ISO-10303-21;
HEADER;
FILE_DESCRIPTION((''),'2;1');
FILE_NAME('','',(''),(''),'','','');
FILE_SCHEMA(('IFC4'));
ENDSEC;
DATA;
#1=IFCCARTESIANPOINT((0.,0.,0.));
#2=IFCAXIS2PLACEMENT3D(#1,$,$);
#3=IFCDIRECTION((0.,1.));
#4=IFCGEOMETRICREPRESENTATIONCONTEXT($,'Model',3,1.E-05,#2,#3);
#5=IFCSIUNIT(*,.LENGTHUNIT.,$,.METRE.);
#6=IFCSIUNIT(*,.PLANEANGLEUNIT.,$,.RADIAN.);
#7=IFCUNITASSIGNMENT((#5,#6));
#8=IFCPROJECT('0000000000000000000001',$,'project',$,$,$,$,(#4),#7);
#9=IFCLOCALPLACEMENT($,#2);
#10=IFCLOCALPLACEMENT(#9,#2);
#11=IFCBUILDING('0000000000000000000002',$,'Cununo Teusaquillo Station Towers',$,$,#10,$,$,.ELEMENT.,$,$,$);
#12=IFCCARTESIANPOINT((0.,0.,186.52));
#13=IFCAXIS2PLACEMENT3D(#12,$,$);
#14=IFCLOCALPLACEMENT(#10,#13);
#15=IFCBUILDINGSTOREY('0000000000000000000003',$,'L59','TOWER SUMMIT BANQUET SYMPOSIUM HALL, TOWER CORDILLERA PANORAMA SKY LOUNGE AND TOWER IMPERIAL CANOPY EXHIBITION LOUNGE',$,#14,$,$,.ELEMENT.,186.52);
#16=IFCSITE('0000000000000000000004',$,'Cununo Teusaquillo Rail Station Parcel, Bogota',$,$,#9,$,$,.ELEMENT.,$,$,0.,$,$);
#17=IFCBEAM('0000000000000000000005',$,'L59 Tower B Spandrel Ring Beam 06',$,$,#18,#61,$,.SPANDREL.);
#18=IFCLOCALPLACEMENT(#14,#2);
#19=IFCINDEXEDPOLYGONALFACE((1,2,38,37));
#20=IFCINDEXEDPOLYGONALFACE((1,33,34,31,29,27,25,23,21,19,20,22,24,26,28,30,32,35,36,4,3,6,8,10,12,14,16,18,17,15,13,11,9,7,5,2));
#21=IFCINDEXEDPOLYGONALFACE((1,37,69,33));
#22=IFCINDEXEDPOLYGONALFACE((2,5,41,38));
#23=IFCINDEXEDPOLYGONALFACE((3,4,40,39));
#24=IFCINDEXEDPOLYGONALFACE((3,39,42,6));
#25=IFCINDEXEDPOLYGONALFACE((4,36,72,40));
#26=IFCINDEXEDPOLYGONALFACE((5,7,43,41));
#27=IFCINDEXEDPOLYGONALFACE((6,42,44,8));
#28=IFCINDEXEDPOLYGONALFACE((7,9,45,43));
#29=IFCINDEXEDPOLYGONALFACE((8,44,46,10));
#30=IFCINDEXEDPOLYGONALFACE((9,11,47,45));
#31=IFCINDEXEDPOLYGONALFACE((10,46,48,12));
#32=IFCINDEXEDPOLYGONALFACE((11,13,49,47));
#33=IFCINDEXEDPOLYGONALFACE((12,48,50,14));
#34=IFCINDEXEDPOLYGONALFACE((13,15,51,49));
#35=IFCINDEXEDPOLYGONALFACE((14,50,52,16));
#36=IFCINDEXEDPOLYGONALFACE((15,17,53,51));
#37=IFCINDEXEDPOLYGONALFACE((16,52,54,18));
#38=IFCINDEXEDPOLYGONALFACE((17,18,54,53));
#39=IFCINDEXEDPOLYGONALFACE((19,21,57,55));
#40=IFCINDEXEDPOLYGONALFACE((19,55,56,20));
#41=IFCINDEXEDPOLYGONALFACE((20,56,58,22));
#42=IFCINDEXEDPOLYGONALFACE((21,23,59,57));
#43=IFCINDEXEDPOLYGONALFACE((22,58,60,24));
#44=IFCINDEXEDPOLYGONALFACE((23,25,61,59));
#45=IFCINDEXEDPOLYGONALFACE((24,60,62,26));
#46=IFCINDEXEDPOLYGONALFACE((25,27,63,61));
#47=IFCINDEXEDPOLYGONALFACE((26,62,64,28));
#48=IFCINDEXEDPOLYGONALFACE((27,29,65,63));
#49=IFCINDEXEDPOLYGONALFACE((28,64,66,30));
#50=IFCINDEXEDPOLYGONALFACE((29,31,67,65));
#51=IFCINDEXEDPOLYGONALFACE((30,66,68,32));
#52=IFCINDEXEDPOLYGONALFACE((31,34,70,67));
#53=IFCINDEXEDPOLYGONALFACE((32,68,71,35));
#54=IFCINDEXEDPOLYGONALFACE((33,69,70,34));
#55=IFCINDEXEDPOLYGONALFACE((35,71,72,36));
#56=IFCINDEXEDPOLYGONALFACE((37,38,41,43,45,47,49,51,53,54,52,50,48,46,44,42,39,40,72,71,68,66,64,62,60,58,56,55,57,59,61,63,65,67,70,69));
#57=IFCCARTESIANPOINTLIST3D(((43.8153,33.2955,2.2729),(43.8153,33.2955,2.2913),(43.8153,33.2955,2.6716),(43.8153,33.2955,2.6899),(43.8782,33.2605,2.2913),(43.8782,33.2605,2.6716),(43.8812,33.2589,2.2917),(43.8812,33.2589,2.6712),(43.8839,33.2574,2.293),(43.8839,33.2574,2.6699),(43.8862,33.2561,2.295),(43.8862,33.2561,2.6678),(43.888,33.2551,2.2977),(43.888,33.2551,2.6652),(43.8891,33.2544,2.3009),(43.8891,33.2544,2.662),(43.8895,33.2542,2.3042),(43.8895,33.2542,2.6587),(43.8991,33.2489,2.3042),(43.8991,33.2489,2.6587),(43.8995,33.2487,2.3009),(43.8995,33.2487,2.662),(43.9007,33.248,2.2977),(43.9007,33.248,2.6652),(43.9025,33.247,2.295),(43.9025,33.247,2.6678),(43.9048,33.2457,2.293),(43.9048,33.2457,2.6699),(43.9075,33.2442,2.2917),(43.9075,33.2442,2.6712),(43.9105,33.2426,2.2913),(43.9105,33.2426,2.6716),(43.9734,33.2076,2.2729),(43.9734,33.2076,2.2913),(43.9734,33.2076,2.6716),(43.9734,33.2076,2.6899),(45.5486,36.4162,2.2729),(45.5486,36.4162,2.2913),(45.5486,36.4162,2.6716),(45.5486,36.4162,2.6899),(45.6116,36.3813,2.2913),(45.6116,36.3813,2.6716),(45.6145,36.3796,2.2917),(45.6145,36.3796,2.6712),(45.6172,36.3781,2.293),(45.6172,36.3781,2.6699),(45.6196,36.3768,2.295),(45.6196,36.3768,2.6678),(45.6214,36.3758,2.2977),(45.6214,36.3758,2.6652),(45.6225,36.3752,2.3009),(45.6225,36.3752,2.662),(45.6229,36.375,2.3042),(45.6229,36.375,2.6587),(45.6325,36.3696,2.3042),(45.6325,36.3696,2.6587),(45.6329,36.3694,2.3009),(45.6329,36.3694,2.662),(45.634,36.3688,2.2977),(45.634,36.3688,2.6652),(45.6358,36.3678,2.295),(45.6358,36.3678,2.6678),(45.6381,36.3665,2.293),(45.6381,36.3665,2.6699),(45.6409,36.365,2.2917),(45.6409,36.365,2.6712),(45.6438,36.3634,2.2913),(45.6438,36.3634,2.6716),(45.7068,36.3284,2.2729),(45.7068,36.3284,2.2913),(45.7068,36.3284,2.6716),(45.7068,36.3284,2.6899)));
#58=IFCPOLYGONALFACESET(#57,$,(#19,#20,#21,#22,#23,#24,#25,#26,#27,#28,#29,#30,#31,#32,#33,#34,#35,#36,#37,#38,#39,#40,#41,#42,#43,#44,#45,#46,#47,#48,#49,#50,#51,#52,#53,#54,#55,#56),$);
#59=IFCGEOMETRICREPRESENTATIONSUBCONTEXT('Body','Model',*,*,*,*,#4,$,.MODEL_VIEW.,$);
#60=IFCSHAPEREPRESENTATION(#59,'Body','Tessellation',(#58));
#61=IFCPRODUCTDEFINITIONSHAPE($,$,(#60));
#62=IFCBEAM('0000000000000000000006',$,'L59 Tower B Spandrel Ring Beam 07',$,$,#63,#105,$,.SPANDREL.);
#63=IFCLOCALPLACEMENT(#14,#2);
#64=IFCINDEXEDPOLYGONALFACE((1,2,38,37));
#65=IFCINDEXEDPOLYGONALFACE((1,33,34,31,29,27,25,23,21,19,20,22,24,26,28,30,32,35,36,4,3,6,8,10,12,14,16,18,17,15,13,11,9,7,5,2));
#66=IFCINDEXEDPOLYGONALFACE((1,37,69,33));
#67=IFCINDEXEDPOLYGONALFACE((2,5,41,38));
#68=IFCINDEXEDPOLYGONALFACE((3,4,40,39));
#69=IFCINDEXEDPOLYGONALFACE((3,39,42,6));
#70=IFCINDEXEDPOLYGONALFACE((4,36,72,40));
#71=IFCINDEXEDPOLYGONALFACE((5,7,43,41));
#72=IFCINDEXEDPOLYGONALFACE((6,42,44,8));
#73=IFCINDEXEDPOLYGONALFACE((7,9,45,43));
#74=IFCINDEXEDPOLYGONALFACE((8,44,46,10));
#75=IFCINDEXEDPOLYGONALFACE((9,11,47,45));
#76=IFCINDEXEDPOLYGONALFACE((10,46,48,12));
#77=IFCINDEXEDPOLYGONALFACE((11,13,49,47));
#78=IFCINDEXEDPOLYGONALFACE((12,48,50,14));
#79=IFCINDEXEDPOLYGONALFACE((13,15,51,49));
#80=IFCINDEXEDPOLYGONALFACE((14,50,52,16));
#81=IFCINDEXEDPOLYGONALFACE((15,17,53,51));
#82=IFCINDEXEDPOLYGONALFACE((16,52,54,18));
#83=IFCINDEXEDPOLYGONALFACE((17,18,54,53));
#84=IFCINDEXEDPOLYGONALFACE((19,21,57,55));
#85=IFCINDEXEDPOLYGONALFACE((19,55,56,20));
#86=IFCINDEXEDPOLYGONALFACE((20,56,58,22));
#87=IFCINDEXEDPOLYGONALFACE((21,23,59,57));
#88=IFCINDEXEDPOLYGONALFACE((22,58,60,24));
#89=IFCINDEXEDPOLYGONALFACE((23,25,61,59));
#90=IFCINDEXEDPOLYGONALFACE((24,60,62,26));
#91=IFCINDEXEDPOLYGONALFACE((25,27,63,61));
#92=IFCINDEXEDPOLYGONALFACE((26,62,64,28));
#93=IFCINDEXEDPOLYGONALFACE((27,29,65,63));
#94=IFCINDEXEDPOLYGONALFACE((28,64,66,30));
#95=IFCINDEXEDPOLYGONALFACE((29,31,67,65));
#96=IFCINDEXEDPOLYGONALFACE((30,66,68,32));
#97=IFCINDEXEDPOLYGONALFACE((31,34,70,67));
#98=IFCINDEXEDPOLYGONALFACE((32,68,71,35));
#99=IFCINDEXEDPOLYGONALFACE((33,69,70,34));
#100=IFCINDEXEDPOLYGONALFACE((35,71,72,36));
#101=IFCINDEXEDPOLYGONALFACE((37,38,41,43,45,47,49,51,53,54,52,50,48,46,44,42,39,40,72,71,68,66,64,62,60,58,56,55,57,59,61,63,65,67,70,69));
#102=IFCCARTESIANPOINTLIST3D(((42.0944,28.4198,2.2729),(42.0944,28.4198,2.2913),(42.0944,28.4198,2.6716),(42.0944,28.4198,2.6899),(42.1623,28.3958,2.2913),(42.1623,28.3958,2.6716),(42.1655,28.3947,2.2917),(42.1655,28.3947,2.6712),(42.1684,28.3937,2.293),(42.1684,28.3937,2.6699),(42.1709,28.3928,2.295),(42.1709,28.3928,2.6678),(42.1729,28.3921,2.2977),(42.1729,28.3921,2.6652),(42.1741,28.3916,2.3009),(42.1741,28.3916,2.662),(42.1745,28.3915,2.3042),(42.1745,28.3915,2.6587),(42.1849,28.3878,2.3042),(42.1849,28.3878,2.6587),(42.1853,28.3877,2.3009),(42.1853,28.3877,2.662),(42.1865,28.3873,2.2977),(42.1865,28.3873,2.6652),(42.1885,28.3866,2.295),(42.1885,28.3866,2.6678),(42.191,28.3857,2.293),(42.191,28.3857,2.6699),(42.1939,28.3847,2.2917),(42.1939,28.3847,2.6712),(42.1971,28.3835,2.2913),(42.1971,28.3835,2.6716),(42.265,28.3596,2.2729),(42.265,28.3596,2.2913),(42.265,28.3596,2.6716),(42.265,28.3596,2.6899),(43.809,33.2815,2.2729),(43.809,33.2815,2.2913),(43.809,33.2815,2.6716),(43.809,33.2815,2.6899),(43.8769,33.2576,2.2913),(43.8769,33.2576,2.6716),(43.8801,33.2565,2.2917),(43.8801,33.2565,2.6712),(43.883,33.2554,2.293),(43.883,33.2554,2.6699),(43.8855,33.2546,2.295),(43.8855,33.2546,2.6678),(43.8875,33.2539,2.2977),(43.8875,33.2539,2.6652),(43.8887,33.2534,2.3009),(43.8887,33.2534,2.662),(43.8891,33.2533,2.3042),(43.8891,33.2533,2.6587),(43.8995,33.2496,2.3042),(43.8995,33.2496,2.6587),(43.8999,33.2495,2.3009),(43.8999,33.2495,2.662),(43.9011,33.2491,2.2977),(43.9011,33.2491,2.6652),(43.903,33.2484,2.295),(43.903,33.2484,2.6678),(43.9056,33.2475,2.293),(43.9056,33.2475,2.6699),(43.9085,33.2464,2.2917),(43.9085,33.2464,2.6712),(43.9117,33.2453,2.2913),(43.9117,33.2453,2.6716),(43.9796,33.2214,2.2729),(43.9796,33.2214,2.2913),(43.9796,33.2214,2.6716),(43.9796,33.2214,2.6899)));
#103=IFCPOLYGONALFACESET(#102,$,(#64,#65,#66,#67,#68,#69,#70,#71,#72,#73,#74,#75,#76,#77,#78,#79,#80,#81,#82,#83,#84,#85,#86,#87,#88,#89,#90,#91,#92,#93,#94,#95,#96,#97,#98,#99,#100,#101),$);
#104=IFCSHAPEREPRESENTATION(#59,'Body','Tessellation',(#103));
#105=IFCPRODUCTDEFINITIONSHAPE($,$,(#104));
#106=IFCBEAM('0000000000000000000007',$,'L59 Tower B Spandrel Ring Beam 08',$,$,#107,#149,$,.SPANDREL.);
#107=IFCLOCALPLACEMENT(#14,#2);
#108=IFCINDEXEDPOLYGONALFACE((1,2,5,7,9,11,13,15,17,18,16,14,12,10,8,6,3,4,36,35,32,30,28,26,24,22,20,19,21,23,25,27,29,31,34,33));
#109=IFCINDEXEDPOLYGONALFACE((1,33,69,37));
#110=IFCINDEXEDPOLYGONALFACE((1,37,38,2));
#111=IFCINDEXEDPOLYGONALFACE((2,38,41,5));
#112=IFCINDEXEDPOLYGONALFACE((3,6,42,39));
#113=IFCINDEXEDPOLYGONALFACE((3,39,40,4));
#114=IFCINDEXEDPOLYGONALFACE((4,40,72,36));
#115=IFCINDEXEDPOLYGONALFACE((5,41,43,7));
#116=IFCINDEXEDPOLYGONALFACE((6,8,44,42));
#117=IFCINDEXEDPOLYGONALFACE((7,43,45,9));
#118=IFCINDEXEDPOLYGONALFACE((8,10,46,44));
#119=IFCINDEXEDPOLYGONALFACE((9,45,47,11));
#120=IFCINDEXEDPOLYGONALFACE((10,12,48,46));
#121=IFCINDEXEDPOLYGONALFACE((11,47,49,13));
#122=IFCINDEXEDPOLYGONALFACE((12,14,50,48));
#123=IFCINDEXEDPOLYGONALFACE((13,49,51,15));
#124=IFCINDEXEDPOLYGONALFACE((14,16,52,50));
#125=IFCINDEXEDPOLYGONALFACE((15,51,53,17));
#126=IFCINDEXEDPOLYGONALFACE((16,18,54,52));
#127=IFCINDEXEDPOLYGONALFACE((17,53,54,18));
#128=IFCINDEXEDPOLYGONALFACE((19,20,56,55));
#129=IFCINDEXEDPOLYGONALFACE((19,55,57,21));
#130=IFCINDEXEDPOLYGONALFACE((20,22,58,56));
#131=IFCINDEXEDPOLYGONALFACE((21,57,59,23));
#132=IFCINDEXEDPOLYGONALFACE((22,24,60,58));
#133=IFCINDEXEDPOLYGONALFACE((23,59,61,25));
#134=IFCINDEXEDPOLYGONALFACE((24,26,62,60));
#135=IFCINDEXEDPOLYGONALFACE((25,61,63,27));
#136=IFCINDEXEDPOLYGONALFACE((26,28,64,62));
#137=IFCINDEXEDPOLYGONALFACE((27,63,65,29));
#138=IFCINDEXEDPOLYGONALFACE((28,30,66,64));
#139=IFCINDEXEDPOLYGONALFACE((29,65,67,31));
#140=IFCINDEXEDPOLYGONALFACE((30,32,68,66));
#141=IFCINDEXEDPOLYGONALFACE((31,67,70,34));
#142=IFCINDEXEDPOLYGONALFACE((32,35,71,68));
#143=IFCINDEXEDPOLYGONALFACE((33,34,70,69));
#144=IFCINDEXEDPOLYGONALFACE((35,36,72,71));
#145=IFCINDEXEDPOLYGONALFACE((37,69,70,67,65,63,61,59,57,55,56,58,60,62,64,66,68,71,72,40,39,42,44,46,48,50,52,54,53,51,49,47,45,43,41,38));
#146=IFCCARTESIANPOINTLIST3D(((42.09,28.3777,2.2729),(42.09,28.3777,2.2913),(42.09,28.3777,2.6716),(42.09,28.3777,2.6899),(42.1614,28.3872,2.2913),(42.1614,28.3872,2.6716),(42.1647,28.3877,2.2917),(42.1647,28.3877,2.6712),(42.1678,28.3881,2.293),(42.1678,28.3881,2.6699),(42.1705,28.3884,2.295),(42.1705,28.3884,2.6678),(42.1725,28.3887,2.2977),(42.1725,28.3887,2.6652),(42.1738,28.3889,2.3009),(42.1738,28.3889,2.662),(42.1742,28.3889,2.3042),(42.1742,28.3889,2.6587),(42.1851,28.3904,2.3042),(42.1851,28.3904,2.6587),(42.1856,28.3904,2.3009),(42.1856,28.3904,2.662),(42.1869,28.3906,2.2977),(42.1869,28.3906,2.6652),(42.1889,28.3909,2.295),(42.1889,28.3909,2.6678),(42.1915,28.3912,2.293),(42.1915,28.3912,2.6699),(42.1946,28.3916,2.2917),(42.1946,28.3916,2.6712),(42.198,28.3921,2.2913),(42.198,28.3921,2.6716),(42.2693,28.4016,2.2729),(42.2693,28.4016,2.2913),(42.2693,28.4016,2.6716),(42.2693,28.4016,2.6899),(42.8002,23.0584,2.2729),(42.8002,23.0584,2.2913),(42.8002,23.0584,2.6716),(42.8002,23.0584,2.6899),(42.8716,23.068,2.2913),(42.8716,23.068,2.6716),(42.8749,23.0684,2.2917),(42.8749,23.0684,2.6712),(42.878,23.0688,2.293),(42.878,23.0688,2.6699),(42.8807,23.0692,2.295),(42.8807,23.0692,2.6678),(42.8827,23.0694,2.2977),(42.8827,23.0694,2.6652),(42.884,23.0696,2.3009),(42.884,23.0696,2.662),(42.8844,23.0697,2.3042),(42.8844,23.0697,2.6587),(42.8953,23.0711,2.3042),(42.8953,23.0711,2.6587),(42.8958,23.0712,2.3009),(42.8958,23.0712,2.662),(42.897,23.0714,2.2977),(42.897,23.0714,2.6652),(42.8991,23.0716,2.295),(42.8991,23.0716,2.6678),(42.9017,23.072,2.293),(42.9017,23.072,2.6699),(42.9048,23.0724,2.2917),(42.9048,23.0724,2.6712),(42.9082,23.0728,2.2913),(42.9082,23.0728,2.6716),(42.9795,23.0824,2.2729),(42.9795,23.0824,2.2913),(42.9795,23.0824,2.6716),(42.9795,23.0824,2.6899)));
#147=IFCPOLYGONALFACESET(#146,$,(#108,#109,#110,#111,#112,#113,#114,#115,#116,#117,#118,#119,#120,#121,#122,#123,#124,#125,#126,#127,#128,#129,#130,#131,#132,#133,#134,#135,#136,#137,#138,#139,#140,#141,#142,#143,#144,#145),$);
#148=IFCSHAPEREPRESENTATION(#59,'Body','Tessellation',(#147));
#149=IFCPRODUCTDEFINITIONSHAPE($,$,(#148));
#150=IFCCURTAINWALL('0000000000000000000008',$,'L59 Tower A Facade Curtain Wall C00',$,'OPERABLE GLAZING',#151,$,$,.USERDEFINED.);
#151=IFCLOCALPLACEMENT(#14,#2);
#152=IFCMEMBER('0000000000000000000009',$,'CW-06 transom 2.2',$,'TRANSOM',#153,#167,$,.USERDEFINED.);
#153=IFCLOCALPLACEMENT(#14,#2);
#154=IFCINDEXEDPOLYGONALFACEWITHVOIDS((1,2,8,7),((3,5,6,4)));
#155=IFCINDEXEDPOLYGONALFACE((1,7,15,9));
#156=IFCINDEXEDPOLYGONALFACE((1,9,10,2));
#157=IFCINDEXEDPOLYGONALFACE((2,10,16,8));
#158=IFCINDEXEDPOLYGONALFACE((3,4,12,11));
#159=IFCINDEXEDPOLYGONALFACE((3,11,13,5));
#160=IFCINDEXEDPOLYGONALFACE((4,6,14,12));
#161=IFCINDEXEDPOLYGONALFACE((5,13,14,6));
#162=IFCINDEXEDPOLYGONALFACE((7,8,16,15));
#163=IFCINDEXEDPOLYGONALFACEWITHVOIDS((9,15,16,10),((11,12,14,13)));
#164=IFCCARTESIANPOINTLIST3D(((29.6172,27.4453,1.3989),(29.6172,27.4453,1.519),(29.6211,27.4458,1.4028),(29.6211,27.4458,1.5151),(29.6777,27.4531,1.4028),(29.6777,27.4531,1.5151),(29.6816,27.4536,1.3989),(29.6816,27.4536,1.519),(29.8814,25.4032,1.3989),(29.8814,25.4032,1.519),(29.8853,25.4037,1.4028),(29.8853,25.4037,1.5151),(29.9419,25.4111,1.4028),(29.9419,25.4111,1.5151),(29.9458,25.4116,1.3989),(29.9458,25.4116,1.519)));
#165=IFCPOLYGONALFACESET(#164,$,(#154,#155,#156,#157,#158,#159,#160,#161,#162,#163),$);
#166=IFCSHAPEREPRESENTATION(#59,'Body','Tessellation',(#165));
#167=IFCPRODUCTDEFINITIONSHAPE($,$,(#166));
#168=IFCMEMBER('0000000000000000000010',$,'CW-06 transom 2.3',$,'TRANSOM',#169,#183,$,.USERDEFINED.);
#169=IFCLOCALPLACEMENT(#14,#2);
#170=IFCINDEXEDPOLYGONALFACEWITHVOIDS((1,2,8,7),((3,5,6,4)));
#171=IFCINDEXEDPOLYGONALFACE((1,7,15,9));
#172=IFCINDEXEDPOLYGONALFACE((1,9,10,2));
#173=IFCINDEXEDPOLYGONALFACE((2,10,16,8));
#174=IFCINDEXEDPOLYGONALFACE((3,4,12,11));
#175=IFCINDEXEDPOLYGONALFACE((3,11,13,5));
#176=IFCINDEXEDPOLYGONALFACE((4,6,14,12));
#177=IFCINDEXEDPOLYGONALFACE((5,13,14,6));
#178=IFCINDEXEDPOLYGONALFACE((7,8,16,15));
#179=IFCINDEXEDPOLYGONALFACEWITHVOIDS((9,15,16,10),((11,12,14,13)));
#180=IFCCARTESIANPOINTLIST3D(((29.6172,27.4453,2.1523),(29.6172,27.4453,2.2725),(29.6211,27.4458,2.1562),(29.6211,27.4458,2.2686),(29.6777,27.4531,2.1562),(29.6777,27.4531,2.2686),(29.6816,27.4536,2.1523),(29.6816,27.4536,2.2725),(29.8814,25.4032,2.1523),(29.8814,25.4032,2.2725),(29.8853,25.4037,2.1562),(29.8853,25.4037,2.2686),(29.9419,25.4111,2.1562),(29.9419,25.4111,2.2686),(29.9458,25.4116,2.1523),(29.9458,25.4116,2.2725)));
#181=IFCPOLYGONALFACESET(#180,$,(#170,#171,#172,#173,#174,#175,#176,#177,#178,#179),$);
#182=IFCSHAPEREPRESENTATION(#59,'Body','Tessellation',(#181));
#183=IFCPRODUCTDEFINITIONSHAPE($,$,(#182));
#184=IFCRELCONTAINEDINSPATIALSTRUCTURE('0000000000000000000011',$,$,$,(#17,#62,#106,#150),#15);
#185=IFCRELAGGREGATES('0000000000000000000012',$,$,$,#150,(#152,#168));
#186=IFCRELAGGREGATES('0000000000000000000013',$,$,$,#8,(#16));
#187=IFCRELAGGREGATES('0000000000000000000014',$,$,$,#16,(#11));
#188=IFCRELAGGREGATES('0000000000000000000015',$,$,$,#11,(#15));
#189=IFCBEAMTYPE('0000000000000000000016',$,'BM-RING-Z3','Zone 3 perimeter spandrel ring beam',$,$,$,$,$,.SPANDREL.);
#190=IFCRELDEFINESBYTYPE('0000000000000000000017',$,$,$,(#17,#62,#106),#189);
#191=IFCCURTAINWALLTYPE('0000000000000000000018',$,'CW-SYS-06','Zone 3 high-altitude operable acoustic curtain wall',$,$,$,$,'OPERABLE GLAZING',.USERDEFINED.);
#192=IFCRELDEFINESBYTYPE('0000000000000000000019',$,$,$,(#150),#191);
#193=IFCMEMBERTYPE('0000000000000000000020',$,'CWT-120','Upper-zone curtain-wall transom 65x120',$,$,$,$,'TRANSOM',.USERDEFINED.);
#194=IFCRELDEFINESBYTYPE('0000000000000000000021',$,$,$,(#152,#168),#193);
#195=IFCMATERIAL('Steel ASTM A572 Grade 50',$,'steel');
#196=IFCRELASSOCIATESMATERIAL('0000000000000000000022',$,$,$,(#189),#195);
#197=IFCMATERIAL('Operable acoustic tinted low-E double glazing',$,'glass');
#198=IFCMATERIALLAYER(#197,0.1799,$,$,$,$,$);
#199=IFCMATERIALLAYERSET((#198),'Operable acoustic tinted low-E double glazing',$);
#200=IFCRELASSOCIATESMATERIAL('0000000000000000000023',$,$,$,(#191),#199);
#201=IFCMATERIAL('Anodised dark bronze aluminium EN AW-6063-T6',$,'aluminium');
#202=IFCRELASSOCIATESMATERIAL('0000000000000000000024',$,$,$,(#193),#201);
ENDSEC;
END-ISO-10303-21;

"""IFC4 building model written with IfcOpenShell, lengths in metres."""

from ifc_helpers import new_model, si_unit, direction, frame, origin, origin_2d, place, context, subcontext, project, spatial, hollow_rectangle, i_section, extrude, material, layer, layer_set, material_profile, profile_set, type_object, element, aggregate, save


model = new_model("IFC4")

# Units and contexts
model_context = context("Model", 3, precision=1e-05, world=origin(), true_north=direction((0.0, 1.0)))
body_context = subcontext(model_context, "Body", "Model", "MODEL_VIEW")
ifc_project = project(units=[si_unit("LENGTHUNIT", "METRE"), si_unit("PLANEANGLEUNIT", "RADIAN")], contexts=[model_context])

# Site, building, storey
site_placement = place(None, origin())
site = spatial("IfcSite", under=ifc_project, at=site_placement, Name="Cununo Teusaquillo Rail Station Parcel, Bogota", CompositionType="ELEMENT", RefElevation=0.0)
building_placement = place(site_placement, origin())
building = spatial("IfcBuilding", under=site, at=building_placement, Name="Cununo Teusaquillo Station Towers", CompositionType="ELEMENT")
storey_placement = place(building_placement, frame((0.0, 0.0, 186.52)))
storey = spatial("IfcBuildingStorey", under=building, at=storey_placement, Name="L59", Description="TOWER SUMMIT BANQUET SYMPOSIUM HALL, TOWER CORDILLERA PANORAMA SKY LOUNGE AND TOWER IMPERIAL CANOPY EXHIBITION LOUNGE", CompositionType="ELEMENT", Elevation=186.52)

# Beams
ifc_material_1 = material(Name="Steel ASTM A572 Grade 50", Category="steel")
ifc_material_profile_1 = material_profile(ifc_material_1, i_section(OverallWidth=0.1809, OverallDepth=0.417, WebThickness=0.011, FlangeThickness=0.0183, FilletRadius=0.0129, at=origin_2d()), Name="W16X57")
ifc_profile_set_1 = profile_set([ifc_material_profile_1], Name="Steel ASTM A572 Grade 50")
beam_type_1 = type_object("IfcBeamType", Name="BM-RING-Z3", Description="Zone 3 perimeter spandrel ring beam", PredefinedType="SPANDREL", material=ifc_profile_set_1)
for number, where, z_axis, x_axis, name in (
    (1, (45.6277, 36.3723, 2.4814), (-0.485556, -0.874206, 0.0), (0.874206, -0.485556, 0.0), "L59 Tower B Spandrel Ring Beam 06"),
):
    element("IfcBeam", number, at=place(storey_placement, frame(where, z_axis=z_axis, x_axis=x_axis)), inside=storey, type_object=beam_type_1, Name=name, PredefinedType="SPANDREL", context=body_context, shape_type="SweptSolid", body=[
        extrude(i_section(OverallWidth=0.1809, OverallDepth=0.417, WebThickness=0.011, FlangeThickness=0.0183, FilletRadius=0.0129, at=origin_2d()), origin(), (0.0, 0.0, 1.0), 3.5698),
    ])
beam_1_placement = place(storey_placement, frame((43.8943, 33.2515, 2.4814), z_axis=(-0.33259, -0.943072, 0.0), x_axis=(0.943072, -0.33259, 0.0)))
element("IfcBeam", 2, at=beam_1_placement, inside=storey, type_object=beam_type_1, Name="L59 Tower B Spandrel Ring Beam 07", PredefinedType="SPANDREL", context=body_context, shape_type="SweptSolid", body=[
    extrude(i_section(OverallWidth=0.1809, OverallDepth=0.417, WebThickness=0.011, FlangeThickness=0.0183, FilletRadius=0.0129, at=origin_2d()), origin(), (0.0, 0.0, 1.0), 5.1553),
])
beam_2_placement = place(storey_placement, frame((42.1797, 28.3896, 2.4814), z_axis=(0.13234, -0.991204, 0.0), x_axis=(0.991204, 0.13234, 0.0)))
element("IfcBeam", 3, at=beam_2_placement, inside=storey, type_object=beam_type_1, Name="L59 Tower B Spandrel Ring Beam 08", PredefinedType="SPANDREL", context=body_context, shape_type="SweptSolid", body=[
    extrude(i_section(OverallWidth=0.1809, OverallDepth=0.417, WebThickness=0.011, FlangeThickness=0.0183, FilletRadius=0.0129, at=origin_2d()), origin(), (0.0, 0.0, 1.0), 5.3665),
])

# Curtain wall, members
ifc_material_2 = material(Name="Operable acoustic tinted low-E double glazing", Category="glass")
ifc_layer_1 = layer(ifc_material_2, 0.1799)
ifc_layer_set_1 = layer_set([ifc_layer_1], Name="Operable acoustic tinted low-E double glazing")
curtain_wall_type = type_object("IfcCurtainWallType", Name="CW-SYS-06", Description="Zone 3 high-altitude operable acoustic curtain wall", ElementType="OPERABLE GLAZING", PredefinedType="USERDEFINED", material=ifc_layer_set_1)
curtain_wall_placement = place(storey_placement, origin())
curtain_wall = element("IfcCurtainWall", 4, at=curtain_wall_placement, inside=storey, type_object=curtain_wall_type, Name="L59 Tower A Facade Curtain Wall C00", ObjectType="OPERABLE GLAZING", PredefinedType="USERDEFINED")
ifc_material_3 = material(Name="Anodised dark bronze aluminium EN AW-6063-T6", Category="aluminium")
ifc_material_profile_2 = material_profile(ifc_material_3, hollow_rectangle(XDim=0.0649, YDim=0.1201, WallThickness=0.0039, at=origin_2d()), Name="CW-TRAN-65x120")
ifc_profile_set_2 = profile_set([ifc_material_profile_2], Name="Anodised dark bronze aluminium EN AW-6063-T6")
member_type_1 = type_object("IfcMemberType", Name="CWT-120", Description="Upper-zone curtain-wall transom 65x120", ElementType="TRANSOM", PredefinedType="USERDEFINED", material=ifc_profile_set_2)
member_1_placement = place(storey_placement, frame((29.6494, 27.4495, 1.459), z_axis=(0.128295, -0.991736, 0.0), x_axis=(0.991736, 0.128295, 0.0)))
member_1 = element("IfcMember", 5, at=member_1_placement, type_object=member_type_1, Name="CW-06 transom 2.2", ObjectType="TRANSOM", PredefinedType="USERDEFINED", context=body_context, shape_type="SweptSolid", body=[
    extrude(hollow_rectangle(XDim=0.0649, YDim=0.1201, WallThickness=0.0039, at=origin_2d()), origin(), (0.0, 0.0, 1.0), 2.0591),
])
member_2_placement = place(storey_placement, frame((29.6494, 27.4495, 2.2124), z_axis=(0.128295, -0.991736, 0.0), x_axis=(0.991736, 0.128295, 0.0)))
member_2 = element("IfcMember", 6, at=member_2_placement, type_object=member_type_1, Name="CW-06 transom 2.3", ObjectType="TRANSOM", PredefinedType="USERDEFINED", context=body_context, shape_type="SweptSolid", body=[
    extrude(hollow_rectangle(XDim=0.0649, YDim=0.1201, WallThickness=0.0039, at=origin_2d()), origin(), (0.0, 0.0, 1.0), 2.0591),
])

aggregate(curtain_wall, [member_1, member_2])

save(model, "model.ifc")
